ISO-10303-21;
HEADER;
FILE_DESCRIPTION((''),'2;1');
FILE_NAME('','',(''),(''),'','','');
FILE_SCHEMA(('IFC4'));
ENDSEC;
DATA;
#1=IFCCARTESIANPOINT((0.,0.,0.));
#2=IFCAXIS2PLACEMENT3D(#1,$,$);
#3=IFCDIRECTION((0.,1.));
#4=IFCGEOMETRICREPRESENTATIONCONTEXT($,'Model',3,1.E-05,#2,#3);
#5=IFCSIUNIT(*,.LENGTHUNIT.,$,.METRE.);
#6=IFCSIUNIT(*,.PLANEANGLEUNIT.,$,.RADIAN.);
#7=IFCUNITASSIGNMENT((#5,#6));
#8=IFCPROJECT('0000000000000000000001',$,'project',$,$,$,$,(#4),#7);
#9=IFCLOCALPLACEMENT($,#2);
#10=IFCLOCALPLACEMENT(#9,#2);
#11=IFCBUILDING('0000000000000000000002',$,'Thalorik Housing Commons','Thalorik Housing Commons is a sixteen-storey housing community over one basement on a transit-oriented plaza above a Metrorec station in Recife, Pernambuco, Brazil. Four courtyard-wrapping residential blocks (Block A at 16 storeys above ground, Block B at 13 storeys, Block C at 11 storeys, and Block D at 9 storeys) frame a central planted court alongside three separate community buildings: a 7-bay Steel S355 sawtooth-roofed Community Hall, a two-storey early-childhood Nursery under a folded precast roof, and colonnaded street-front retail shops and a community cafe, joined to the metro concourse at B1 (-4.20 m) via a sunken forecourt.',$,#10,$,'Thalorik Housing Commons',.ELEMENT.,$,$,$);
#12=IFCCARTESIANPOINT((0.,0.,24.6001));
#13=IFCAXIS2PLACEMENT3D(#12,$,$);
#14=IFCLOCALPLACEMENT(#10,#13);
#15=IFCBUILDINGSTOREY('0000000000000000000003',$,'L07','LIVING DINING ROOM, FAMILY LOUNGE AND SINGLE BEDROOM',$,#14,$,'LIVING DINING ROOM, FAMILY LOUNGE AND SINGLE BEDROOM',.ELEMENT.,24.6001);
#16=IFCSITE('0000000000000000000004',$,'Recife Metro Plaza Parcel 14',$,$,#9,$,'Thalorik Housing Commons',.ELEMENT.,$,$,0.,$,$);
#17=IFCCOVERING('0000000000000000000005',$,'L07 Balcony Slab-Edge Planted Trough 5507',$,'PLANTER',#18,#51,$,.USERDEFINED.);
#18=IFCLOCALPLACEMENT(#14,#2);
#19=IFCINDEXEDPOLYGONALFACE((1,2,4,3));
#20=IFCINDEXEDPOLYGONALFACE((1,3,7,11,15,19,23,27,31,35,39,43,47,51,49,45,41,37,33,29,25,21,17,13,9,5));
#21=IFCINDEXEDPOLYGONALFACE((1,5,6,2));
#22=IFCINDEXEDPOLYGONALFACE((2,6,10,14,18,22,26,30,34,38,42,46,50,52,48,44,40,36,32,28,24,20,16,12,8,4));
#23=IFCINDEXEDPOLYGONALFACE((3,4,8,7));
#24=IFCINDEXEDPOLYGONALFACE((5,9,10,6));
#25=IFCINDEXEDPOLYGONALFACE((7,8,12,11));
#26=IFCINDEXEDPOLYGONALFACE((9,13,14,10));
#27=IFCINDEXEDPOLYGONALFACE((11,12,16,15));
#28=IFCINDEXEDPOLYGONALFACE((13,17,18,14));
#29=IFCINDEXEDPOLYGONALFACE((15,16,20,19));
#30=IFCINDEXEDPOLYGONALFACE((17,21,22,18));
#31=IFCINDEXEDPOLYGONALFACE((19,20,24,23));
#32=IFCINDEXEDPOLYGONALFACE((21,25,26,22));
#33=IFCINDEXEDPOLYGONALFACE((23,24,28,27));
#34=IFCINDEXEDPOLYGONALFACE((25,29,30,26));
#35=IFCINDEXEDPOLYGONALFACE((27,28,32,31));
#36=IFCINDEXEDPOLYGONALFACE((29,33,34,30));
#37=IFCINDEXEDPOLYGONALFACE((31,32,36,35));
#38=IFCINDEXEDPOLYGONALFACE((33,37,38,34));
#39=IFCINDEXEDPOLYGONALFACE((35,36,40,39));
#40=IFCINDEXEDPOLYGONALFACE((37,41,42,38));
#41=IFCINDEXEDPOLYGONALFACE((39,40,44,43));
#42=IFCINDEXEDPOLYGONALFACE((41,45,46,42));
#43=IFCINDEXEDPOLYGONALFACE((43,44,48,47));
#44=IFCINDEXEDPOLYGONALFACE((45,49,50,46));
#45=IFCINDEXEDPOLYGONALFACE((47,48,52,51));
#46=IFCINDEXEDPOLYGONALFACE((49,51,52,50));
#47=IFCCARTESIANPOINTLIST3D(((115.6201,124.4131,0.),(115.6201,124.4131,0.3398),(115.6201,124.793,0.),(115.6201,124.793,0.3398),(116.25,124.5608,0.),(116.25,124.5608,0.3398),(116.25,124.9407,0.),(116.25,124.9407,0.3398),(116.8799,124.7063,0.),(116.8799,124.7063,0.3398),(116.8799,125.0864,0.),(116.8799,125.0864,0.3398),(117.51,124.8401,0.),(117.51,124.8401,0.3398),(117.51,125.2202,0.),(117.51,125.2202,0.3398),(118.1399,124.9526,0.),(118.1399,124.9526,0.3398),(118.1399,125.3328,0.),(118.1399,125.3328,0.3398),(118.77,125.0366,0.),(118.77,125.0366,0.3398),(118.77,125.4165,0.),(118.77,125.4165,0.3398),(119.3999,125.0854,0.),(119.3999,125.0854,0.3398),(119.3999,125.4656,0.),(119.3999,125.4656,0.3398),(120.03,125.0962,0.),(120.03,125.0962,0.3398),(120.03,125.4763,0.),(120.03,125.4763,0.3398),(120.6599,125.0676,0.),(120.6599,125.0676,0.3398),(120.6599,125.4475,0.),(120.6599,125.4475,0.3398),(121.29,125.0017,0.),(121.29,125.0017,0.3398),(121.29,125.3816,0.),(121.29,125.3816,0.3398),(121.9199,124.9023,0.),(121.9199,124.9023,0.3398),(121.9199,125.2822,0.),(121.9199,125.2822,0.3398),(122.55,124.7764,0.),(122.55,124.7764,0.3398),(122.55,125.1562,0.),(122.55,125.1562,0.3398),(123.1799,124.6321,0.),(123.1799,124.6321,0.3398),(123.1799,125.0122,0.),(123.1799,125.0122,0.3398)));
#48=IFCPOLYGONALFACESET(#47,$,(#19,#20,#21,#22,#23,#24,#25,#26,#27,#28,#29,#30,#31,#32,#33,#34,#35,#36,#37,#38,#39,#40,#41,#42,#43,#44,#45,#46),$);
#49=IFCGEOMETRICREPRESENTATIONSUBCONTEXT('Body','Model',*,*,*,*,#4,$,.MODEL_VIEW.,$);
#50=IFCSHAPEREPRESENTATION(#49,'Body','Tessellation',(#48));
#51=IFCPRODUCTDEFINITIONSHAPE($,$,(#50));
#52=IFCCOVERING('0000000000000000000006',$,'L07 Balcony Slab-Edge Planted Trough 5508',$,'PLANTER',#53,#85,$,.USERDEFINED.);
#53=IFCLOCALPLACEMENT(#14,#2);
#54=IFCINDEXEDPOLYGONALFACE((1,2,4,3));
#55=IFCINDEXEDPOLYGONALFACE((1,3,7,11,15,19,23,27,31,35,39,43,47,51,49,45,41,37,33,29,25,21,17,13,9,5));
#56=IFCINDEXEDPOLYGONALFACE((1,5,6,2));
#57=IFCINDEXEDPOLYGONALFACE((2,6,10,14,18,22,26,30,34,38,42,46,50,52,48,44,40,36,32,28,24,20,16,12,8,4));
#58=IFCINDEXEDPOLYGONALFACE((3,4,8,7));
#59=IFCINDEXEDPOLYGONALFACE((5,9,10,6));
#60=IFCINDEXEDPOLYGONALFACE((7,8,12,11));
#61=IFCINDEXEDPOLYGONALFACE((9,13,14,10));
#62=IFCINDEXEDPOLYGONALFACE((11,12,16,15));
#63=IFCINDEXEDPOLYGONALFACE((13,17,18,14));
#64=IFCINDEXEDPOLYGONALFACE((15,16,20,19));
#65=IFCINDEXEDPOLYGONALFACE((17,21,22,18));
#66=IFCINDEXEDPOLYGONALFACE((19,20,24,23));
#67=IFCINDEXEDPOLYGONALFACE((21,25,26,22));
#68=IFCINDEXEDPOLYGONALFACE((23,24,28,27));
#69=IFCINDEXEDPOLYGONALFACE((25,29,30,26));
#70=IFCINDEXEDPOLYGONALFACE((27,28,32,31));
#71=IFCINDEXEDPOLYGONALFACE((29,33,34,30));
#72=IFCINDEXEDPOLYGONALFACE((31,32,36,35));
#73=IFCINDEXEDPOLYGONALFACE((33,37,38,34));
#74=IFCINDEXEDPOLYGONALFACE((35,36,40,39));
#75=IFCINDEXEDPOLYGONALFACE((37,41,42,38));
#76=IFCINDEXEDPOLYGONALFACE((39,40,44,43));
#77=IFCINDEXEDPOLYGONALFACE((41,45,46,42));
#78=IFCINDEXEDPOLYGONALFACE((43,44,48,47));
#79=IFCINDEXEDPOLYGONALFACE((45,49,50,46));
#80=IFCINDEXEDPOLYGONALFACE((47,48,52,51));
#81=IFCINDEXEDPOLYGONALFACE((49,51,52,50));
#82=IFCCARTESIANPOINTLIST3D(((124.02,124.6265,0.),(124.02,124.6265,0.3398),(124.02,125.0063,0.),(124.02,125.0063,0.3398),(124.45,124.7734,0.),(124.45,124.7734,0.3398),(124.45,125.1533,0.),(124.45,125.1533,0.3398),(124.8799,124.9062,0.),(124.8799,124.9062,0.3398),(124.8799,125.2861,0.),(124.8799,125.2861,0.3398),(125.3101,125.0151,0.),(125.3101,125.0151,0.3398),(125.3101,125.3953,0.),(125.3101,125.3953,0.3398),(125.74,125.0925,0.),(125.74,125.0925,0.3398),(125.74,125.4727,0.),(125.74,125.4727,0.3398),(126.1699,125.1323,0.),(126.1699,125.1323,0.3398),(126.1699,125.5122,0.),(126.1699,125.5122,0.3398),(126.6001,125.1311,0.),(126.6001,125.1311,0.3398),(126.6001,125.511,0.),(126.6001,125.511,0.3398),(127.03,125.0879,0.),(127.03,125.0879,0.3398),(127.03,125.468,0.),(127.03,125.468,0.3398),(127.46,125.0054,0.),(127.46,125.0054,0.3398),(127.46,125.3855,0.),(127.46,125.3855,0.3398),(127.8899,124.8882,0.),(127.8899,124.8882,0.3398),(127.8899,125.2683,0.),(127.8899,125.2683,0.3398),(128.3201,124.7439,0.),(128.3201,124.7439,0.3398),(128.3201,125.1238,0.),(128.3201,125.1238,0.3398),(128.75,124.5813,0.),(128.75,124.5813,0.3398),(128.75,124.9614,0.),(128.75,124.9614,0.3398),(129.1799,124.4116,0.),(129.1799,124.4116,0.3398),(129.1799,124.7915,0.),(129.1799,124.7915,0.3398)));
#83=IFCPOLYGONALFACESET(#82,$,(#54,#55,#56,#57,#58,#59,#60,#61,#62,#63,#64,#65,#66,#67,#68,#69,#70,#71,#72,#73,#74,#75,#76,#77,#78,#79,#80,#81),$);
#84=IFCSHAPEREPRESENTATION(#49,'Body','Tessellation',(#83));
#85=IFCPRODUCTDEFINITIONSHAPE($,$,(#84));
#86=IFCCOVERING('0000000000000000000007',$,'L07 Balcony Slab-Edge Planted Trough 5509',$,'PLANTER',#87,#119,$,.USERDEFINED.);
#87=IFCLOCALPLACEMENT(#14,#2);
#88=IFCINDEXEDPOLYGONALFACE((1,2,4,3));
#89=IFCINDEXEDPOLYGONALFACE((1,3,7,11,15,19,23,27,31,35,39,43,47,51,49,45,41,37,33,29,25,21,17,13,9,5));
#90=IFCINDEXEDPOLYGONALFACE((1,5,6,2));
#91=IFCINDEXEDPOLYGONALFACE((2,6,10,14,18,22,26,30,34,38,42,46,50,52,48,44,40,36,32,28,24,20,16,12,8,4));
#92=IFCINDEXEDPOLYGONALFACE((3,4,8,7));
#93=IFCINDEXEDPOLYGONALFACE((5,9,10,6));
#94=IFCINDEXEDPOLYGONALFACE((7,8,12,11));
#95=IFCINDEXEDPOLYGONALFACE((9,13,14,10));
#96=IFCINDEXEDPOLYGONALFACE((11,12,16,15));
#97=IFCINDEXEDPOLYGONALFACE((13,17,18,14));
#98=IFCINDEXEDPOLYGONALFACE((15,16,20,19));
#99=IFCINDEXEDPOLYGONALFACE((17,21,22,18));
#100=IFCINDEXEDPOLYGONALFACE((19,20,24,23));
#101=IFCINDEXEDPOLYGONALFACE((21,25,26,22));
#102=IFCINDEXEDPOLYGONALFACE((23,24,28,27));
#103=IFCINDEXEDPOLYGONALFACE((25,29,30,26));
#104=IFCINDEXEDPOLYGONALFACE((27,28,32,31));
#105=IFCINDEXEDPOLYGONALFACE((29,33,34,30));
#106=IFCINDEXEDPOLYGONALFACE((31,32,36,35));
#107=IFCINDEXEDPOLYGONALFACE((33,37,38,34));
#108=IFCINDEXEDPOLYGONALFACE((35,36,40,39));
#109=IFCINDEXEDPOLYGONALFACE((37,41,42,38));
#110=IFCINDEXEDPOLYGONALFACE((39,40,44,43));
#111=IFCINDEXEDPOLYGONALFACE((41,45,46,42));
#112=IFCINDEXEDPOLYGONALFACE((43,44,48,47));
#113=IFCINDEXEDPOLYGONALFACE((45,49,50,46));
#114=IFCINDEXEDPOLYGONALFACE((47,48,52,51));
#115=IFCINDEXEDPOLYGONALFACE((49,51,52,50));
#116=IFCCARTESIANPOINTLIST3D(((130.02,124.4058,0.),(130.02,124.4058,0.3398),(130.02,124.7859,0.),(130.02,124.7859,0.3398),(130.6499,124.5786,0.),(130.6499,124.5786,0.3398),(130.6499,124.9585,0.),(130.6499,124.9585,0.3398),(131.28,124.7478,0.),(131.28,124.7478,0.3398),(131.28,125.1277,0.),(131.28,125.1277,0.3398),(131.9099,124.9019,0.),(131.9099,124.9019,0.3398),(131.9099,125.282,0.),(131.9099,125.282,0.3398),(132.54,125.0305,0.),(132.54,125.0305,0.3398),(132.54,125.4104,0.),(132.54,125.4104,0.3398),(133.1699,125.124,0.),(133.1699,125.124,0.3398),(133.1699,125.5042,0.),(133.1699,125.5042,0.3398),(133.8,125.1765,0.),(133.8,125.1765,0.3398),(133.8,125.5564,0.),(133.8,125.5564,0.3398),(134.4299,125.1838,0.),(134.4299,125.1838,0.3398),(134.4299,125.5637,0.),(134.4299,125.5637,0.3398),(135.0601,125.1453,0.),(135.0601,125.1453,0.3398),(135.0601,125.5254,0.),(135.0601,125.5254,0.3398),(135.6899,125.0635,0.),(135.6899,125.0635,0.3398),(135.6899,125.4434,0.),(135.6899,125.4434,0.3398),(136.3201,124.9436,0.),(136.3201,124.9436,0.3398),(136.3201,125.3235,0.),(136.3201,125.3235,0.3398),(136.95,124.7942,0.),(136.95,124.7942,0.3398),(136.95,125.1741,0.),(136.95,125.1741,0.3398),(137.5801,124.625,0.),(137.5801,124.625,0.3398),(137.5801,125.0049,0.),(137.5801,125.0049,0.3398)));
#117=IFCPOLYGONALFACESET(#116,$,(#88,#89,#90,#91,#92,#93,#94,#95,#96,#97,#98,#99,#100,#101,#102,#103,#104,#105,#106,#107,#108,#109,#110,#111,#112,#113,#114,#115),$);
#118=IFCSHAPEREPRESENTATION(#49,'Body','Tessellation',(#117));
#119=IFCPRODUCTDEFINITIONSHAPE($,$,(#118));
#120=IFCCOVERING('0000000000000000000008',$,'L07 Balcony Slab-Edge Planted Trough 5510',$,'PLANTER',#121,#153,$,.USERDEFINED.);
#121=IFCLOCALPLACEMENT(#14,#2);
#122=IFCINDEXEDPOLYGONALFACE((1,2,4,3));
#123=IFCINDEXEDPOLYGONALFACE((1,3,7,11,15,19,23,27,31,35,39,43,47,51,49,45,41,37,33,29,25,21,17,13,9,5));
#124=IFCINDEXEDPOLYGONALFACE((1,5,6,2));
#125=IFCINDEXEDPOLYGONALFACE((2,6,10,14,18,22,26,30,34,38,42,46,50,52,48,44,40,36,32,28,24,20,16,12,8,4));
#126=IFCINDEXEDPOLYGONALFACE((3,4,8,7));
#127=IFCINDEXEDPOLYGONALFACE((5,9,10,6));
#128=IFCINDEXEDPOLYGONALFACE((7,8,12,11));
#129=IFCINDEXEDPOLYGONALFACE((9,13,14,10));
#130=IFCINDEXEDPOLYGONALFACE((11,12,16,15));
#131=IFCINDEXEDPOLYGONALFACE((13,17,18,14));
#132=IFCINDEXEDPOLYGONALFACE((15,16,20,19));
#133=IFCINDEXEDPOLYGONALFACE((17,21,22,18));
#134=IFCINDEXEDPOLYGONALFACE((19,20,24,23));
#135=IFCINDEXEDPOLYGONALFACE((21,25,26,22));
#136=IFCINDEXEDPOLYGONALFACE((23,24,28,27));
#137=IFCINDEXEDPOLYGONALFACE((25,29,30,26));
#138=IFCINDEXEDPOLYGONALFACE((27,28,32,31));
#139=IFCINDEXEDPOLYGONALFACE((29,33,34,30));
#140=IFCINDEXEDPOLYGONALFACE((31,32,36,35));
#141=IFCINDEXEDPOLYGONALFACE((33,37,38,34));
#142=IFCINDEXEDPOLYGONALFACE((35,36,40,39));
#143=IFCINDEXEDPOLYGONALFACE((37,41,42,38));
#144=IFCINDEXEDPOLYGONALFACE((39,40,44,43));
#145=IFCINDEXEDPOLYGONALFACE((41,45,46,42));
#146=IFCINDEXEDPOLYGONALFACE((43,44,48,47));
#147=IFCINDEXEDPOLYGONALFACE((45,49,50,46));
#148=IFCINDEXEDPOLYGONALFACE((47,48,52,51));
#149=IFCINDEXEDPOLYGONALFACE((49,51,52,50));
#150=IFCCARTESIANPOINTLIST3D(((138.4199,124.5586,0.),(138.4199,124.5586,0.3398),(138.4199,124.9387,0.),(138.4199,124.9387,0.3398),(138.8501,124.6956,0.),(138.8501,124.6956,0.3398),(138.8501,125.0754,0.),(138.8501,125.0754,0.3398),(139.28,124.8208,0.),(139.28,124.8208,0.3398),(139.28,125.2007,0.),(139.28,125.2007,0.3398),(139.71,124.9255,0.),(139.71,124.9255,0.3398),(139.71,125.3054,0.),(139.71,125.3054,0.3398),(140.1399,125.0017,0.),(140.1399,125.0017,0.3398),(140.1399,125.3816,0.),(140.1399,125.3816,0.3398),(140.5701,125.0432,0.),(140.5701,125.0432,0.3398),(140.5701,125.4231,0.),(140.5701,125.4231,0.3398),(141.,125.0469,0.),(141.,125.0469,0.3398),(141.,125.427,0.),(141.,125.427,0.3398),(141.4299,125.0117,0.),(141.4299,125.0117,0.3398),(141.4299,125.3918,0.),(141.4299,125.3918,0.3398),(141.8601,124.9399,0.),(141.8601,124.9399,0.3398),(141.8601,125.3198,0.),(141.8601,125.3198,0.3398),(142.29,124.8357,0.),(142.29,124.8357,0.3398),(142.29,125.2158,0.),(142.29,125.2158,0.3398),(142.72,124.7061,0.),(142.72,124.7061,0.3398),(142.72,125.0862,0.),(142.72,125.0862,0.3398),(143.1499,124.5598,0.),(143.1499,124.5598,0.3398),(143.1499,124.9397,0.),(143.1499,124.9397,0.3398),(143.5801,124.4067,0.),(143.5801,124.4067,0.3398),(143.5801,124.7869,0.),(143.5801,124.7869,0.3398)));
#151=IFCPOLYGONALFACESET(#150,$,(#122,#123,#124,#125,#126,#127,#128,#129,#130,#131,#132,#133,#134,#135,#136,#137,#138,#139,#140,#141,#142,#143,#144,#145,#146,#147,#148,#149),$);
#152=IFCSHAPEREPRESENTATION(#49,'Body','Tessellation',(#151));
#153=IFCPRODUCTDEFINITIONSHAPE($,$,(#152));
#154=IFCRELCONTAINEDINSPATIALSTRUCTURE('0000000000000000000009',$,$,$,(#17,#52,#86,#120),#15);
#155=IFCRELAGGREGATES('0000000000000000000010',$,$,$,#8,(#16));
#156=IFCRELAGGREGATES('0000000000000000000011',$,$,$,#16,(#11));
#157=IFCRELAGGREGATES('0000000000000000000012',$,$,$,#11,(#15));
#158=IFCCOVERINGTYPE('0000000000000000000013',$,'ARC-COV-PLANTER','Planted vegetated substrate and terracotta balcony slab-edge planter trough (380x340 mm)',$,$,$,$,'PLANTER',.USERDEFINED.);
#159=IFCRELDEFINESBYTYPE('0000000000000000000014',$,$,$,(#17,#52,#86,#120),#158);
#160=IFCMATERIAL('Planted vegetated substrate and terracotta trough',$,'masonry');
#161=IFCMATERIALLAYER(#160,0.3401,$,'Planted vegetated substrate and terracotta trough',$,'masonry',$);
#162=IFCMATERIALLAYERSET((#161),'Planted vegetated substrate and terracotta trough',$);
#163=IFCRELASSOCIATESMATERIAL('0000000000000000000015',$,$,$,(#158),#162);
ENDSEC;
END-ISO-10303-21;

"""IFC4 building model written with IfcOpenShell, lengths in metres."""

from ifc_helpers import new_model, si_unit, direction, frame, origin, place, context, subcontext, project, spatial, polyline, outline, extrude, material, layer, layer_set, type_object, element, save


model = new_model("IFC4")

# Units and contexts
model_context = context("Model", 3, precision=1e-05, world=origin(), true_north=direction((0.0, 1.0)))
body_context = subcontext(model_context, "Body", "Model", "MODEL_VIEW")
ifc_project = project(units=[si_unit("LENGTHUNIT", "METRE"), si_unit("PLANEANGLEUNIT", "RADIAN")], contexts=[model_context])

# Site, building, storey
site_placement = place(None, origin())
site = spatial("IfcSite", under=ifc_project, at=site_placement, Name="Recife Metro Plaza Parcel 14", LongName="Thalorik Housing Commons", CompositionType="ELEMENT", RefElevation=0.0)
building_placement = place(site_placement, origin())
building = spatial("IfcBuilding", under=site, at=building_placement, Name="Thalorik Housing Commons", Description="Thalorik Housing Commons is a sixteen-storey housing community over one basement on a transit-oriented plaza above a Metrorec station in Recife, Pernambuco, Brazil. Four courtyard-wrapping residential blocks (Block A at 16 storeys above ground, Block B at 13 storeys, Block C at 11 storeys, and Block D at 9 storeys) frame a central planted court alongside three separate community buildings: a 7-bay Steel S355 sawtooth-roofed Community Hall, a two-storey early-childhood Nursery under a folded precast roof, and colonnaded street-front retail shops and a community cafe, joined to the metro concourse at B1 (-4.20 m) via a sunken forecourt.", LongName="Thalorik Housing Commons", CompositionType="ELEMENT")
storey_placement = place(building_placement, frame((0.0, 0.0, 24.6001)))
storey = spatial("IfcBuildingStorey", under=building, at=storey_placement, Name="L07", Description="LIVING DINING ROOM, FAMILY LOUNGE AND SINGLE BEDROOM", LongName="LIVING DINING ROOM, FAMILY LOUNGE AND SINGLE BEDROOM", CompositionType="ELEMENT", Elevation=24.6001)

# Coverings
ifc_material = material(Name="Planted vegetated substrate and terracotta trough", Category="masonry")
ifc_layer = layer(ifc_material, 0.3401, Name="Planted vegetated substrate and terracotta trough", Category="masonry")
ifc_layer_set = layer_set([ifc_layer], Name="Planted vegetated substrate and terracotta trough")
covering_type = type_object("IfcCoveringType", Name="ARC-COV-PLANTER", Description="Planted vegetated substrate and terracotta balcony slab-edge planter trough (380x340 mm)", ElementType="PLANTER", PredefinedType="USERDEFINED", material=ifc_layer_set)
covering_1_placement = place(storey_placement, origin())
element("IfcCovering", 1, at=covering_1_placement, inside=storey, type_object=covering_type, Name="L07 Balcony Slab-Edge Planted Trough 5507", ObjectType="PLANTER", PredefinedType="USERDEFINED", context=body_context, shape_type="SweptSolid", body=[
    extrude(outline(polyline([(123.1799, 125.0122), (122.55, 125.1562), (121.9199, 125.2822), (121.29, 125.3816), (120.6599, 125.4475), (120.03, 125.4763), (119.3999, 125.4656), (118.77, 125.4165), (118.1399, 125.3328), (117.51, 125.2202), (116.8799, 125.0864), (116.25, 124.9407), (115.6201, 124.793), (115.6201, 124.4131), (116.25, 124.5608), (116.8799, 124.7063), (117.51, 124.8401), (118.1399, 124.9526), (118.77, 125.0366), (119.3999, 125.0854), (120.03, 125.0962), (120.6599, 125.0676), (121.29, 125.0017), (121.9199, 124.9023), (122.55, 124.7764), (123.1799, 124.6321), (123.1799, 125.0122)])), origin(), (0.0, 0.0, 1.0), 0.3398),
])
covering_2_placement = place(storey_placement, origin())
element("IfcCovering", 2, at=covering_2_placement, inside=storey, type_object=covering_type, Name="L07 Balcony Slab-Edge Planted Trough 5508", ObjectType="PLANTER", PredefinedType="USERDEFINED", context=body_context, shape_type="SweptSolid", body=[
    extrude(outline(polyline([(129.1799, 124.7915), (128.75, 124.9614), (128.3201, 125.1238), (127.8899, 125.2683), (127.46, 125.3855), (127.03, 125.468), (126.6001, 125.511), (126.1699, 125.5122), (125.74, 125.4727), (125.3101, 125.3953), (124.8799, 125.2861), (124.45, 125.1533), (124.02, 125.0063), (124.02, 124.6265), (124.45, 124.7734), (124.8799, 124.9062), (125.3101, 125.0151), (125.74, 125.0925), (126.1699, 125.1323), (126.6001, 125.1311), (127.03, 125.0879), (127.46, 125.0054), (127.8899, 124.8882), (128.3201, 124.7439), (128.75, 124.5813), (129.1799, 124.4116), (129.1799, 124.7915)])), origin(), (0.0, 0.0, 1.0), 0.3398),
])
covering_3_placement = place(storey_placement, origin())
element("IfcCovering", 3, at=covering_3_placement, inside=storey, type_object=covering_type, Name="L07 Balcony Slab-Edge Planted Trough 5509", ObjectType="PLANTER", PredefinedType="USERDEFINED", context=body_context, shape_type="SweptSolid", body=[
    extrude(outline(polyline([(137.5801, 125.0049), (136.95, 125.1741), (136.3201, 125.3235), (135.6899, 125.4434), (135.0601, 125.5254), (134.4299, 125.5637), (133.8, 125.5564), (133.1699, 125.5042), (132.54, 125.4104), (131.9099, 125.282), (131.28, 125.1277), (130.6499, 124.9585), (130.02, 124.7859), (130.02, 124.4058), (130.6499, 124.5786), (131.28, 124.7478), (131.9099, 124.9019), (132.54, 125.0305), (133.1699, 125.124), (133.8, 125.1765), (134.4299, 125.1838), (135.0601, 125.1453), (135.6899, 125.0635), (136.3201, 124.9436), (136.95, 124.7942), (137.5801, 124.625), (137.5801, 125.0049)])), origin(), (0.0, 0.0, 1.0), 0.3398),
])
covering_4_placement = place(storey_placement, origin())
element("IfcCovering", 4, at=covering_4_placement, inside=storey, type_object=covering_type, Name="L07 Balcony Slab-Edge Planted Trough 5510", ObjectType="PLANTER", PredefinedType="USERDEFINED", context=body_context, shape_type="SweptSolid", body=[
    extrude(outline(polyline([(143.5801, 124.7869), (143.1499, 124.9397), (142.72, 125.0862), (142.29, 125.2158), (141.8601, 125.3198), (141.4299, 125.3918), (141.0, 125.427), (140.5701, 125.4231), (140.1399, 125.3816), (139.71, 125.3054), (139.28, 125.2007), (138.8501, 125.0754), (138.4199, 124.9387), (138.4199, 124.5586), (138.8501, 124.6956), (139.28, 124.8208), (139.71, 124.9255), (140.1399, 125.0017), (140.5701, 125.0432), (141.0, 125.0469), (141.4299, 125.0117), (141.8601, 124.9399), (142.29, 124.8357), (142.72, 124.7061), (143.1499, 124.5598), (143.5801, 124.4067), (143.5801, 124.7869)])), origin(), (0.0, 0.0, 1.0), 0.3398),
])

save(model, "model.ifc")
